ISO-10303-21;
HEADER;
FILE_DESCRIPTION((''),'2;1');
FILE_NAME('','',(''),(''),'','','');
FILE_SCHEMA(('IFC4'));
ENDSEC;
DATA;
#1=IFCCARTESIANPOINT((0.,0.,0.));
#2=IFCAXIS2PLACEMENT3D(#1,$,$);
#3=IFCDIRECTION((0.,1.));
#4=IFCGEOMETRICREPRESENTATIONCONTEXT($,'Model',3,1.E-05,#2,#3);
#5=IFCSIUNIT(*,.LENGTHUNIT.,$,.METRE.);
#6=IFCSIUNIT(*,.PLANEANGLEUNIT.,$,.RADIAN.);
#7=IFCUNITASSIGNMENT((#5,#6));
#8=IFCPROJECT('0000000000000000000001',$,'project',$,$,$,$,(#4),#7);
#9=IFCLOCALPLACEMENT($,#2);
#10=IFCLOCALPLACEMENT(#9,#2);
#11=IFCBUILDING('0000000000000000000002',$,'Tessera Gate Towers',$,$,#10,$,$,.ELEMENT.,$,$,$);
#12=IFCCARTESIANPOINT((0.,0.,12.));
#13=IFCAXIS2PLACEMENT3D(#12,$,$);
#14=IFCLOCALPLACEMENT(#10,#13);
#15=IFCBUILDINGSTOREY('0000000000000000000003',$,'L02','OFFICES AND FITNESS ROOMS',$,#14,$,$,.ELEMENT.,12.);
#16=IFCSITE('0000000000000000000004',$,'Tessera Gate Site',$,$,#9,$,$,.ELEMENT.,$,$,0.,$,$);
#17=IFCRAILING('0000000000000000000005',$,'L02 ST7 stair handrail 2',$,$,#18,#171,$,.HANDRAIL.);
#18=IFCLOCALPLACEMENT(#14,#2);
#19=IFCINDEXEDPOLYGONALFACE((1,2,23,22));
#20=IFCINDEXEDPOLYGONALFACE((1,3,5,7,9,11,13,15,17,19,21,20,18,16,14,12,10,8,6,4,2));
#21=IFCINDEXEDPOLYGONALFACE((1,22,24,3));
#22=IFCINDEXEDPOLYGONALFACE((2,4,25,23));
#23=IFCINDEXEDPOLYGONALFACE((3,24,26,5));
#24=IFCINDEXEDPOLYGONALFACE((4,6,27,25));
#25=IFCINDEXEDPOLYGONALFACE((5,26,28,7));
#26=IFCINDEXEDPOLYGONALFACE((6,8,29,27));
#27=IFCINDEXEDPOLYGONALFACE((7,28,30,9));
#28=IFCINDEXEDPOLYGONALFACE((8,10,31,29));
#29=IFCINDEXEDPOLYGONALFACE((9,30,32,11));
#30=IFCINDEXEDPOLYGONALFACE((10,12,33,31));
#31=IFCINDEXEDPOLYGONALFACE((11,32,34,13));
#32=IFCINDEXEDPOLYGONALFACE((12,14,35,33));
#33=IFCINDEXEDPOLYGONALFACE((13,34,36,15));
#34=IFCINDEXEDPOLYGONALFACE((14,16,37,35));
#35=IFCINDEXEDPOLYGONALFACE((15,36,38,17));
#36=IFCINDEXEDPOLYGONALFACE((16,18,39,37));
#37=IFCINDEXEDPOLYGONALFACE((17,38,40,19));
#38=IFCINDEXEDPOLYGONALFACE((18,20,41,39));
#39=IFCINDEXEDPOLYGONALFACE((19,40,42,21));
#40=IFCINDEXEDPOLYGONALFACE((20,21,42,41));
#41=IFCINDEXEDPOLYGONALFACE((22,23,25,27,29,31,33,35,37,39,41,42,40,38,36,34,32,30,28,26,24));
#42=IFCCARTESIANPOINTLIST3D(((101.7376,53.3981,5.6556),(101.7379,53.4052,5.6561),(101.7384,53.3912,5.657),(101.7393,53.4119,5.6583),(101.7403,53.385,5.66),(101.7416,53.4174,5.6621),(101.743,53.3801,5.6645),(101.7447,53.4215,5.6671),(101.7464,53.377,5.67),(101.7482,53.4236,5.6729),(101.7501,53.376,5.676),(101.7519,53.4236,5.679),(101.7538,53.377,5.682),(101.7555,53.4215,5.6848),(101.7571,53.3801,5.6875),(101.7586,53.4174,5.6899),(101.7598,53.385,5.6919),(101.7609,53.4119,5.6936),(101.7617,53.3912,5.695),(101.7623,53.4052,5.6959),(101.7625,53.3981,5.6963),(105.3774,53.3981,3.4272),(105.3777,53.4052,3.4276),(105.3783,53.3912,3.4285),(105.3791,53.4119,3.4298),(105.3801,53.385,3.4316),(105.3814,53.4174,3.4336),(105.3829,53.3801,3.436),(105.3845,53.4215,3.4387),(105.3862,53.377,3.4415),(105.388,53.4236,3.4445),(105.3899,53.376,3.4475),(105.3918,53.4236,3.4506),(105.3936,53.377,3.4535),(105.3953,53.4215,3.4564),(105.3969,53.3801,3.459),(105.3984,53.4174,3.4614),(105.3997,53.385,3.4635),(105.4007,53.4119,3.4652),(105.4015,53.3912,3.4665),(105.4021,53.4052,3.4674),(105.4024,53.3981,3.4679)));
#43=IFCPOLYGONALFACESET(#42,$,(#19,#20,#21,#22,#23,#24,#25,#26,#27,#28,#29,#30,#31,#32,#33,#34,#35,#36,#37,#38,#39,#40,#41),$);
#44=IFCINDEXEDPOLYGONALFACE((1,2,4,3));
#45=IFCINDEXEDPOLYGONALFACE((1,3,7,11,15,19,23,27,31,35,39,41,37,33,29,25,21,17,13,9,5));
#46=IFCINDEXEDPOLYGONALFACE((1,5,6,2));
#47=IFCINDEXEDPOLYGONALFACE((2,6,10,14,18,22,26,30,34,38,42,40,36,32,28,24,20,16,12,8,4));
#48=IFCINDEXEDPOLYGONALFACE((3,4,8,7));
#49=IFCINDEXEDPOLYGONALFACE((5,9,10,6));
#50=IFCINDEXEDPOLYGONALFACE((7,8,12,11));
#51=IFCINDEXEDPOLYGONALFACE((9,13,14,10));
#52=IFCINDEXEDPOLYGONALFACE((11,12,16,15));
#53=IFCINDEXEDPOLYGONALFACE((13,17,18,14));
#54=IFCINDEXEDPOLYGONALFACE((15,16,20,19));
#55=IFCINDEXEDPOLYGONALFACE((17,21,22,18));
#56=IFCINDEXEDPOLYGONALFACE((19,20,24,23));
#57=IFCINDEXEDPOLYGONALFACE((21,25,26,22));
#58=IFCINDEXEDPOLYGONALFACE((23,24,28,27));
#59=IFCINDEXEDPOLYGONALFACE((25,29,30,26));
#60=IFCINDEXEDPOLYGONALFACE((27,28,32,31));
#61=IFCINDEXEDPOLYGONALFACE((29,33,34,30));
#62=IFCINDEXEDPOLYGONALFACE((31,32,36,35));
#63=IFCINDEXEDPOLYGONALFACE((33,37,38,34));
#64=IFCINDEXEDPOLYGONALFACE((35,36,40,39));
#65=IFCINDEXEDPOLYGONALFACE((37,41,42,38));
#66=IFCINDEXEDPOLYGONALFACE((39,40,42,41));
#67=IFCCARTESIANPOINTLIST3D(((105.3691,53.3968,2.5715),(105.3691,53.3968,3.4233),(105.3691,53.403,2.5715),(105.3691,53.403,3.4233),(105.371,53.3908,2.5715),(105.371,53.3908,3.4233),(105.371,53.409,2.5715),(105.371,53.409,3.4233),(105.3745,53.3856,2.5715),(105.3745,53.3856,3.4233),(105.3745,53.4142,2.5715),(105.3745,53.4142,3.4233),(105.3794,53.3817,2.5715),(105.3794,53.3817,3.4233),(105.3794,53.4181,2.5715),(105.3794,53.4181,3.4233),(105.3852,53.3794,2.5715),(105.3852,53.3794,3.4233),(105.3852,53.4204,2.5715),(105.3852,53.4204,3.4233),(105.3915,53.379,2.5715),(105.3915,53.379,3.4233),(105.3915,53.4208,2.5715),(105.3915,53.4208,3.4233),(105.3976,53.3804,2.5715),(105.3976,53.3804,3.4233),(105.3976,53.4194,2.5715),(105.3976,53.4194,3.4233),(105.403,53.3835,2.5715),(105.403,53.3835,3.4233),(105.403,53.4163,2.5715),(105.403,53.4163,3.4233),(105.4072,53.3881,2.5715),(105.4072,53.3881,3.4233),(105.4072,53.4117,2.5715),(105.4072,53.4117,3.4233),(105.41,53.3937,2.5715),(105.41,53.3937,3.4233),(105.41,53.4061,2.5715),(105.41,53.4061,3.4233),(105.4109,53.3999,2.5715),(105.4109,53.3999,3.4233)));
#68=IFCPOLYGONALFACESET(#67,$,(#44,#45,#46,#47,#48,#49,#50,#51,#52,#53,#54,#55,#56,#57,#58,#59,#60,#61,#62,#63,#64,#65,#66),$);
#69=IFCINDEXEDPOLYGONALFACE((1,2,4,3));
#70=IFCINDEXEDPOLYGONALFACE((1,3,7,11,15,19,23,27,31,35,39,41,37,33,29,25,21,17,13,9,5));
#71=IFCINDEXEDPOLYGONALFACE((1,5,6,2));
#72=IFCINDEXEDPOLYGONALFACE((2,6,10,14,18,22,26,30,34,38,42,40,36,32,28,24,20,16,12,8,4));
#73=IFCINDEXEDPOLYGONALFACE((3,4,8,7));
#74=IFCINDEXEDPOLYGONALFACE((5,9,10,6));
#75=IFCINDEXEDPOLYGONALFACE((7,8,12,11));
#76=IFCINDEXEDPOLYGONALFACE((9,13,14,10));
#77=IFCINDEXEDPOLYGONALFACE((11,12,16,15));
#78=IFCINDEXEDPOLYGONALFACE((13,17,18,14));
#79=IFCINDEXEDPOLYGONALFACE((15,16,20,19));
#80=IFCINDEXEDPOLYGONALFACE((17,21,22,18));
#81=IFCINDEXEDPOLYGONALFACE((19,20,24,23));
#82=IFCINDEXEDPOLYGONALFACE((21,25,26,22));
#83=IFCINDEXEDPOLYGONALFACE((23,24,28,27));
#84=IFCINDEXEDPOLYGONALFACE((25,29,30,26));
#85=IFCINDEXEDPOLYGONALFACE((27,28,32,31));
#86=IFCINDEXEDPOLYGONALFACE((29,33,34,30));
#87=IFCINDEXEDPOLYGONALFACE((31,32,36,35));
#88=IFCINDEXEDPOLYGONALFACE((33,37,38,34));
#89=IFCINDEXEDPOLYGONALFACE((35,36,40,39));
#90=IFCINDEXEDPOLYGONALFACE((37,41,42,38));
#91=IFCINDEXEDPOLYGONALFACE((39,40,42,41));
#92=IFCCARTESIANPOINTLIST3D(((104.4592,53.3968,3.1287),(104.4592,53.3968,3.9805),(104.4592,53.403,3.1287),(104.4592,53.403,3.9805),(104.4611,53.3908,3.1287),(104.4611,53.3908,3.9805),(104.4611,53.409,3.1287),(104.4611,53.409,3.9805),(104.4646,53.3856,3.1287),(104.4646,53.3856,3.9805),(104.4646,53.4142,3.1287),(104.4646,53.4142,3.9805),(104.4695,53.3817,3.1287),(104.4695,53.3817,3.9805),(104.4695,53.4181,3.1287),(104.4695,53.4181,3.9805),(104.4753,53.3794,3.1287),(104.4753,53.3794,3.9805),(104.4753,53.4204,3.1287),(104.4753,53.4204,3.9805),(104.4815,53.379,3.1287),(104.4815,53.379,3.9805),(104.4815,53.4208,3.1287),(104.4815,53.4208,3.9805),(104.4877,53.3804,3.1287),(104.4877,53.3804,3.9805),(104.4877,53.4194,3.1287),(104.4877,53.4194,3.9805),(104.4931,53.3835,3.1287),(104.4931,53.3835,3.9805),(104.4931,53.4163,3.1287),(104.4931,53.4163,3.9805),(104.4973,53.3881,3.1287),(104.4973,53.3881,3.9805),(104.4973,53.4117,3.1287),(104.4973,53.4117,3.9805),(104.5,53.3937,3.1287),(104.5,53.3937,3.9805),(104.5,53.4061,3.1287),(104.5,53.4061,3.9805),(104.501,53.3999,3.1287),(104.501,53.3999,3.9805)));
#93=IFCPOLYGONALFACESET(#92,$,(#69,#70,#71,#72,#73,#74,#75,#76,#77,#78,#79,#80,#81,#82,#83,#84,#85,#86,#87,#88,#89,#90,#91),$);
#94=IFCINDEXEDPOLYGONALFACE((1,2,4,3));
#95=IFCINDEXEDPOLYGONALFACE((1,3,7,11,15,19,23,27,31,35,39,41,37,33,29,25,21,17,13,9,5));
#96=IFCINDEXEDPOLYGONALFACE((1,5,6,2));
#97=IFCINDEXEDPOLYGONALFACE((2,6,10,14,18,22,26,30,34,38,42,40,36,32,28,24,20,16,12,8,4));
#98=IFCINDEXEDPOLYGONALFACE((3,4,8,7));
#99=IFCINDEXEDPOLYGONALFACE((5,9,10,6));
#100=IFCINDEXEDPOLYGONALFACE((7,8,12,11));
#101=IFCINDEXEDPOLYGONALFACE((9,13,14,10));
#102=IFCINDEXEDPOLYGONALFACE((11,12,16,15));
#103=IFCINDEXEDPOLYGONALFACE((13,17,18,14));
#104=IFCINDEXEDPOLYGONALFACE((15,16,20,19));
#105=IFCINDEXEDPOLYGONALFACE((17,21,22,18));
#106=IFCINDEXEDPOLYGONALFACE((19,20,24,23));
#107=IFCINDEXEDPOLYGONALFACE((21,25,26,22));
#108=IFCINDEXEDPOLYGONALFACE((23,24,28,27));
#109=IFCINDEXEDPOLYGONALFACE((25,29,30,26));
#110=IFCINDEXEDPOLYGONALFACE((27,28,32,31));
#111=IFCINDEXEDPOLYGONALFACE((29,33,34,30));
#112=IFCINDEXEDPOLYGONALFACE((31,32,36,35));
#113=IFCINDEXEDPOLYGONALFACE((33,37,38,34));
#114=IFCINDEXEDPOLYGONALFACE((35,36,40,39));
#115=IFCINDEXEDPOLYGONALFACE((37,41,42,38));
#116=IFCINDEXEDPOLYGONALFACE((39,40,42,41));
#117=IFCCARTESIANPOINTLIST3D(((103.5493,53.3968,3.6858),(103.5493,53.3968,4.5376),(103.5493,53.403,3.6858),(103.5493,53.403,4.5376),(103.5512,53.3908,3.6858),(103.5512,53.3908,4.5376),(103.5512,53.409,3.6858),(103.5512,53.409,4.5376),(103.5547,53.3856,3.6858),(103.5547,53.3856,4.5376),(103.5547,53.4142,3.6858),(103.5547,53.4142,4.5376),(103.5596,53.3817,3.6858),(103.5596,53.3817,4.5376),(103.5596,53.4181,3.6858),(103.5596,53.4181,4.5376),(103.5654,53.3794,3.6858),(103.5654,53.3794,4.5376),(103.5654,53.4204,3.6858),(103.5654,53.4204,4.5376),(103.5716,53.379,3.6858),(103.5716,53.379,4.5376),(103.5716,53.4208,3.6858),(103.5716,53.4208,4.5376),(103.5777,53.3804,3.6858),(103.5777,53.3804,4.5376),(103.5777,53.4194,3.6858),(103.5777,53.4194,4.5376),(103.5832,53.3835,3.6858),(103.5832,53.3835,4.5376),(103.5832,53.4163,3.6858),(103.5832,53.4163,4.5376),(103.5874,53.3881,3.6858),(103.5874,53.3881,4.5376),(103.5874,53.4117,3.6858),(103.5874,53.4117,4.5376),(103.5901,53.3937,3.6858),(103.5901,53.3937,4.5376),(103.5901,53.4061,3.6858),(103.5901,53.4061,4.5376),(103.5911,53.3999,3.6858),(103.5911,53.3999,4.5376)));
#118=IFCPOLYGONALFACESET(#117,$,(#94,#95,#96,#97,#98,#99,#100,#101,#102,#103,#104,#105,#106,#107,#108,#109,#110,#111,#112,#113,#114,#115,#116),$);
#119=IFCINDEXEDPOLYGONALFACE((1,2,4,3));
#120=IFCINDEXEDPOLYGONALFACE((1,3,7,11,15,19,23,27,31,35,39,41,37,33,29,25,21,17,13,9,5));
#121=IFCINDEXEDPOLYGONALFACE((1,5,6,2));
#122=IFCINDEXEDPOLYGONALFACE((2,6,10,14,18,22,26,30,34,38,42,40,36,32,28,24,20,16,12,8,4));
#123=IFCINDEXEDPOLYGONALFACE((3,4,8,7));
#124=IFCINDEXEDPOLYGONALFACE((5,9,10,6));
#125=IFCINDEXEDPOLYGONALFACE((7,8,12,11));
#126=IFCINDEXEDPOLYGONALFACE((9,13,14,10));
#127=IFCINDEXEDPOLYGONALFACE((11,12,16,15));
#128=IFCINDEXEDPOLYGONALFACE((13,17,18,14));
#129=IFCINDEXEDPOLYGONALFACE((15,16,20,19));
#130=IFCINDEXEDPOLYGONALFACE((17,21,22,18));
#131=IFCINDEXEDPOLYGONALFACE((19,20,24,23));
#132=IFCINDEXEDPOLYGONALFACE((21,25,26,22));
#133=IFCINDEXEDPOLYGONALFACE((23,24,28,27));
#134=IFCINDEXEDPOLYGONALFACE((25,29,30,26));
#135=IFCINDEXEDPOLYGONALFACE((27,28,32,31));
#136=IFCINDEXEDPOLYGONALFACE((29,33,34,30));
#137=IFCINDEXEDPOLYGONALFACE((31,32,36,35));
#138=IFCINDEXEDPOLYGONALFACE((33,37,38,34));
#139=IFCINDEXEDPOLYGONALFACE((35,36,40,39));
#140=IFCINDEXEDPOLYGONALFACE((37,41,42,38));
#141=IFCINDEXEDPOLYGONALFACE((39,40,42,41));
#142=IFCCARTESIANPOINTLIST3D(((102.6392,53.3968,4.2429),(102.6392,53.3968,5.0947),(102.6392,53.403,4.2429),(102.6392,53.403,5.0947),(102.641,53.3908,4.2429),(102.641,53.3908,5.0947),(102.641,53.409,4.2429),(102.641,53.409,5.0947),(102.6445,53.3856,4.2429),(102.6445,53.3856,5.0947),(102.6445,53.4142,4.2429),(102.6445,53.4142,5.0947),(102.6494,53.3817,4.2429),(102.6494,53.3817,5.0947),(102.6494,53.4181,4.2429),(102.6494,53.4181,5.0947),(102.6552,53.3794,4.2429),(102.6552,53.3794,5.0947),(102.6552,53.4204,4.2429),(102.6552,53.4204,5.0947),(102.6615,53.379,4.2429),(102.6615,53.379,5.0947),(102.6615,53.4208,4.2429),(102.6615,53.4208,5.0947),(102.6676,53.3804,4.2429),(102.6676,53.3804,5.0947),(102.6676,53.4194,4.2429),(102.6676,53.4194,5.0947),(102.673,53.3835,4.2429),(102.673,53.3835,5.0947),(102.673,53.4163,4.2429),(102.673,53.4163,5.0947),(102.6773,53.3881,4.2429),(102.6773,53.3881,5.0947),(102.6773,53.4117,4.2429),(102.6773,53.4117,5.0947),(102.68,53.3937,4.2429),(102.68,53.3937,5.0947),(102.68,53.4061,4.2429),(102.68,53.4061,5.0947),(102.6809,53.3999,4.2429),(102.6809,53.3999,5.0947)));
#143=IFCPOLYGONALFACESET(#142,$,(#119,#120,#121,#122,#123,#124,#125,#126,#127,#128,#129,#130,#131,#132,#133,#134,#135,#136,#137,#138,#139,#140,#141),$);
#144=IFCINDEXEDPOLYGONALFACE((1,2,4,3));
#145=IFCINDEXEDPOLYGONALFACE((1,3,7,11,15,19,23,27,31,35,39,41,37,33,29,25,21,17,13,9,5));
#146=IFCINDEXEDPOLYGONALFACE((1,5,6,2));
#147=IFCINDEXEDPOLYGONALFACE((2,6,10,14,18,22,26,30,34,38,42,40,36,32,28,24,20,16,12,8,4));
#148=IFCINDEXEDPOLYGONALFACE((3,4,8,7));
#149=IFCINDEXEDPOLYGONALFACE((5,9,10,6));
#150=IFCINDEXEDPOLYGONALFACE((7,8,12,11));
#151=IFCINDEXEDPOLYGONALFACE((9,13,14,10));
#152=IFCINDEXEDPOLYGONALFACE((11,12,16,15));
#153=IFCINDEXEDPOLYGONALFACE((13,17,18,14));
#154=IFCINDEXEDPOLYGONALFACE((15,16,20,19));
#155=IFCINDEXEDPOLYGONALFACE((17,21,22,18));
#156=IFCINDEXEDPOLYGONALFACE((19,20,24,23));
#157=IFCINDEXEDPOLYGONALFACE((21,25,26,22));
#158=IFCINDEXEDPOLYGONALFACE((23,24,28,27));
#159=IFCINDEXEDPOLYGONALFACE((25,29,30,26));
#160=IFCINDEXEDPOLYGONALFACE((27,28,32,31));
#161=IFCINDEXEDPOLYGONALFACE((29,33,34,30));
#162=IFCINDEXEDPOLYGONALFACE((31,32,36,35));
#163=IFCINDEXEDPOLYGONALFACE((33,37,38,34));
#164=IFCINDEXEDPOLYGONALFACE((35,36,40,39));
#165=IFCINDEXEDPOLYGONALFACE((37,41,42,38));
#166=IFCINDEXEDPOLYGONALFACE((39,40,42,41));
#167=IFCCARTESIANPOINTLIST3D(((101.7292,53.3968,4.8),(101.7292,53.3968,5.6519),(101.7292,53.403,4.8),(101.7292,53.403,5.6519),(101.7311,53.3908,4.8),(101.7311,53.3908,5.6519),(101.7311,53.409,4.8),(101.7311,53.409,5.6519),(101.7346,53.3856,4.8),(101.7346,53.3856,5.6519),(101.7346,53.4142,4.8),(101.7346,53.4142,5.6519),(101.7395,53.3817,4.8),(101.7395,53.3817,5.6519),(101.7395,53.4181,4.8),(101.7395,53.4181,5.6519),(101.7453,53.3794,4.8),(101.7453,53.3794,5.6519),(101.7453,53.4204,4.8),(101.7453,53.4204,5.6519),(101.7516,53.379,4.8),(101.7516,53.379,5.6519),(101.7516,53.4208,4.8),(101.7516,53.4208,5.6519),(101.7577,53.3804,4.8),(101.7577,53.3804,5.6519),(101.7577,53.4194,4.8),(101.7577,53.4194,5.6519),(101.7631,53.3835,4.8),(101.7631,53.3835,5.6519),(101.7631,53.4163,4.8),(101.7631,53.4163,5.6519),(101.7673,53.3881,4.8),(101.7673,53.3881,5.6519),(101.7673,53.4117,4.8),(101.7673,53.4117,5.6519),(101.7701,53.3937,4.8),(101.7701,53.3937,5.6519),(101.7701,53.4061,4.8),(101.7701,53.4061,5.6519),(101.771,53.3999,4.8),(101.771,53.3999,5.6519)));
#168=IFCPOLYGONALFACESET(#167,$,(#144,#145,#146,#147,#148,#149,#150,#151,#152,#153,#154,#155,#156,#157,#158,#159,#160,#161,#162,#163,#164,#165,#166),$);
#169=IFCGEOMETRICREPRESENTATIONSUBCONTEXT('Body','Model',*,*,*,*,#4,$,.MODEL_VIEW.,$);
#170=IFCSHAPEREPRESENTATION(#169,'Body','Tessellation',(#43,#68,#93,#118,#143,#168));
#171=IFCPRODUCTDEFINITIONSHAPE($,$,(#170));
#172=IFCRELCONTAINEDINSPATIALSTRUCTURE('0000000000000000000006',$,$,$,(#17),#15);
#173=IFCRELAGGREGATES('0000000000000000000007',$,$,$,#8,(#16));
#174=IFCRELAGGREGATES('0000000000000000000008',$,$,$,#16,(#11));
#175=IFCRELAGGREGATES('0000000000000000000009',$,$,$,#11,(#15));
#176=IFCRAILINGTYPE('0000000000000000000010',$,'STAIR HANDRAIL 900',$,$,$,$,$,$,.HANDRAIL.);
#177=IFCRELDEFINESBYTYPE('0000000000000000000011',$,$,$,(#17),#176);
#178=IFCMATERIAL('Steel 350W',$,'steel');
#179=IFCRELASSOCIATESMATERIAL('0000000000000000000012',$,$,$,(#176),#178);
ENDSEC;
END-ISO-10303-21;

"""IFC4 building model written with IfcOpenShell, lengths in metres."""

from ifc_helpers import new_model, si_unit, direction, frame, origin, origin_2d, place, context, subcontext, project, spatial, circle, extrude, material, type_object, element, save


model = new_model("IFC4")

# Units and contexts
model_context = context("Model", 3, precision=1e-05, world=origin(), true_north=direction((0.0, 1.0)))
body_context = subcontext(model_context, "Body", "Model", "MODEL_VIEW")
ifc_project = project(units=[si_unit("LENGTHUNIT", "METRE"), si_unit("PLANEANGLEUNIT", "RADIAN")], contexts=[model_context])

# Site, building, storey
site_placement = place(None, origin())
site = spatial("IfcSite", under=ifc_project, at=site_placement, Name="Tessera Gate Site", CompositionType="ELEMENT", RefElevation=0.0)
building_placement = place(site_placement, origin())
building = spatial("IfcBuilding", under=site, at=building_placement, Name="Tessera Gate Towers", CompositionType="ELEMENT")
storey_placement = place(building_placement, frame((0.0, 0.0, 12.0)))
storey = spatial("IfcBuildingStorey", under=building, at=storey_placement, Name="L02", Description="OFFICES AND FITNESS ROOMS", CompositionType="ELEMENT", Elevation=12.0)

# Railing
ifc_material_1 = material(Name="Steel 350W", Category="steel")
railing_type = type_object("IfcRailingType", Name="STAIR HANDRAIL 900", PredefinedType="HANDRAIL", material=ifc_material_1)
railing_1_placement = place(storey_placement, frame((105.3899, 53.3999, 2.5715)))
element("IfcRailing", 1, at=railing_1_placement, inside=storey, type_object=railing_type, Name="L02 ST7 stair handrail 2", PredefinedType="HANDRAIL", context=body_context, shape_type="SweptSolid", body=[
    extrude(circle(Radius=0.0239, at=origin_2d()), frame((0.0, 0.0, 0.876), z_axis=(-0.85285, 0.0, 0.522156), x_axis=(0.0, -1.0, 0.0)), (0.0, 0.0, 1.0), 4.2678),
    extrude(circle(Radius=0.021, at=origin_2d()), origin(), (0.0, 0.0, 1.0), 0.8518),
    extrude(circle(Radius=0.021, at=origin_2d()), frame((-0.9099, 0.0, 0.5571)), (0.0, 0.0, 1.0), 0.8518),
    extrude(circle(Radius=0.021, at=origin_2d()), frame((-1.8198, 0.0, 1.1143)), (0.0, 0.0, 1.0), 0.8518),
    extrude(circle(Radius=0.021, at=origin_2d()), frame((-2.73, 0.0, 1.6714)), (0.0, 0.0, 1.0), 0.8518),
    extrude(circle(Radius=0.021, at=origin_2d()), frame((-3.6399, 0.0, 2.2285)), (0.0, 0.0, 1.0), 0.8518),
])

save(model, "model.ifc")
